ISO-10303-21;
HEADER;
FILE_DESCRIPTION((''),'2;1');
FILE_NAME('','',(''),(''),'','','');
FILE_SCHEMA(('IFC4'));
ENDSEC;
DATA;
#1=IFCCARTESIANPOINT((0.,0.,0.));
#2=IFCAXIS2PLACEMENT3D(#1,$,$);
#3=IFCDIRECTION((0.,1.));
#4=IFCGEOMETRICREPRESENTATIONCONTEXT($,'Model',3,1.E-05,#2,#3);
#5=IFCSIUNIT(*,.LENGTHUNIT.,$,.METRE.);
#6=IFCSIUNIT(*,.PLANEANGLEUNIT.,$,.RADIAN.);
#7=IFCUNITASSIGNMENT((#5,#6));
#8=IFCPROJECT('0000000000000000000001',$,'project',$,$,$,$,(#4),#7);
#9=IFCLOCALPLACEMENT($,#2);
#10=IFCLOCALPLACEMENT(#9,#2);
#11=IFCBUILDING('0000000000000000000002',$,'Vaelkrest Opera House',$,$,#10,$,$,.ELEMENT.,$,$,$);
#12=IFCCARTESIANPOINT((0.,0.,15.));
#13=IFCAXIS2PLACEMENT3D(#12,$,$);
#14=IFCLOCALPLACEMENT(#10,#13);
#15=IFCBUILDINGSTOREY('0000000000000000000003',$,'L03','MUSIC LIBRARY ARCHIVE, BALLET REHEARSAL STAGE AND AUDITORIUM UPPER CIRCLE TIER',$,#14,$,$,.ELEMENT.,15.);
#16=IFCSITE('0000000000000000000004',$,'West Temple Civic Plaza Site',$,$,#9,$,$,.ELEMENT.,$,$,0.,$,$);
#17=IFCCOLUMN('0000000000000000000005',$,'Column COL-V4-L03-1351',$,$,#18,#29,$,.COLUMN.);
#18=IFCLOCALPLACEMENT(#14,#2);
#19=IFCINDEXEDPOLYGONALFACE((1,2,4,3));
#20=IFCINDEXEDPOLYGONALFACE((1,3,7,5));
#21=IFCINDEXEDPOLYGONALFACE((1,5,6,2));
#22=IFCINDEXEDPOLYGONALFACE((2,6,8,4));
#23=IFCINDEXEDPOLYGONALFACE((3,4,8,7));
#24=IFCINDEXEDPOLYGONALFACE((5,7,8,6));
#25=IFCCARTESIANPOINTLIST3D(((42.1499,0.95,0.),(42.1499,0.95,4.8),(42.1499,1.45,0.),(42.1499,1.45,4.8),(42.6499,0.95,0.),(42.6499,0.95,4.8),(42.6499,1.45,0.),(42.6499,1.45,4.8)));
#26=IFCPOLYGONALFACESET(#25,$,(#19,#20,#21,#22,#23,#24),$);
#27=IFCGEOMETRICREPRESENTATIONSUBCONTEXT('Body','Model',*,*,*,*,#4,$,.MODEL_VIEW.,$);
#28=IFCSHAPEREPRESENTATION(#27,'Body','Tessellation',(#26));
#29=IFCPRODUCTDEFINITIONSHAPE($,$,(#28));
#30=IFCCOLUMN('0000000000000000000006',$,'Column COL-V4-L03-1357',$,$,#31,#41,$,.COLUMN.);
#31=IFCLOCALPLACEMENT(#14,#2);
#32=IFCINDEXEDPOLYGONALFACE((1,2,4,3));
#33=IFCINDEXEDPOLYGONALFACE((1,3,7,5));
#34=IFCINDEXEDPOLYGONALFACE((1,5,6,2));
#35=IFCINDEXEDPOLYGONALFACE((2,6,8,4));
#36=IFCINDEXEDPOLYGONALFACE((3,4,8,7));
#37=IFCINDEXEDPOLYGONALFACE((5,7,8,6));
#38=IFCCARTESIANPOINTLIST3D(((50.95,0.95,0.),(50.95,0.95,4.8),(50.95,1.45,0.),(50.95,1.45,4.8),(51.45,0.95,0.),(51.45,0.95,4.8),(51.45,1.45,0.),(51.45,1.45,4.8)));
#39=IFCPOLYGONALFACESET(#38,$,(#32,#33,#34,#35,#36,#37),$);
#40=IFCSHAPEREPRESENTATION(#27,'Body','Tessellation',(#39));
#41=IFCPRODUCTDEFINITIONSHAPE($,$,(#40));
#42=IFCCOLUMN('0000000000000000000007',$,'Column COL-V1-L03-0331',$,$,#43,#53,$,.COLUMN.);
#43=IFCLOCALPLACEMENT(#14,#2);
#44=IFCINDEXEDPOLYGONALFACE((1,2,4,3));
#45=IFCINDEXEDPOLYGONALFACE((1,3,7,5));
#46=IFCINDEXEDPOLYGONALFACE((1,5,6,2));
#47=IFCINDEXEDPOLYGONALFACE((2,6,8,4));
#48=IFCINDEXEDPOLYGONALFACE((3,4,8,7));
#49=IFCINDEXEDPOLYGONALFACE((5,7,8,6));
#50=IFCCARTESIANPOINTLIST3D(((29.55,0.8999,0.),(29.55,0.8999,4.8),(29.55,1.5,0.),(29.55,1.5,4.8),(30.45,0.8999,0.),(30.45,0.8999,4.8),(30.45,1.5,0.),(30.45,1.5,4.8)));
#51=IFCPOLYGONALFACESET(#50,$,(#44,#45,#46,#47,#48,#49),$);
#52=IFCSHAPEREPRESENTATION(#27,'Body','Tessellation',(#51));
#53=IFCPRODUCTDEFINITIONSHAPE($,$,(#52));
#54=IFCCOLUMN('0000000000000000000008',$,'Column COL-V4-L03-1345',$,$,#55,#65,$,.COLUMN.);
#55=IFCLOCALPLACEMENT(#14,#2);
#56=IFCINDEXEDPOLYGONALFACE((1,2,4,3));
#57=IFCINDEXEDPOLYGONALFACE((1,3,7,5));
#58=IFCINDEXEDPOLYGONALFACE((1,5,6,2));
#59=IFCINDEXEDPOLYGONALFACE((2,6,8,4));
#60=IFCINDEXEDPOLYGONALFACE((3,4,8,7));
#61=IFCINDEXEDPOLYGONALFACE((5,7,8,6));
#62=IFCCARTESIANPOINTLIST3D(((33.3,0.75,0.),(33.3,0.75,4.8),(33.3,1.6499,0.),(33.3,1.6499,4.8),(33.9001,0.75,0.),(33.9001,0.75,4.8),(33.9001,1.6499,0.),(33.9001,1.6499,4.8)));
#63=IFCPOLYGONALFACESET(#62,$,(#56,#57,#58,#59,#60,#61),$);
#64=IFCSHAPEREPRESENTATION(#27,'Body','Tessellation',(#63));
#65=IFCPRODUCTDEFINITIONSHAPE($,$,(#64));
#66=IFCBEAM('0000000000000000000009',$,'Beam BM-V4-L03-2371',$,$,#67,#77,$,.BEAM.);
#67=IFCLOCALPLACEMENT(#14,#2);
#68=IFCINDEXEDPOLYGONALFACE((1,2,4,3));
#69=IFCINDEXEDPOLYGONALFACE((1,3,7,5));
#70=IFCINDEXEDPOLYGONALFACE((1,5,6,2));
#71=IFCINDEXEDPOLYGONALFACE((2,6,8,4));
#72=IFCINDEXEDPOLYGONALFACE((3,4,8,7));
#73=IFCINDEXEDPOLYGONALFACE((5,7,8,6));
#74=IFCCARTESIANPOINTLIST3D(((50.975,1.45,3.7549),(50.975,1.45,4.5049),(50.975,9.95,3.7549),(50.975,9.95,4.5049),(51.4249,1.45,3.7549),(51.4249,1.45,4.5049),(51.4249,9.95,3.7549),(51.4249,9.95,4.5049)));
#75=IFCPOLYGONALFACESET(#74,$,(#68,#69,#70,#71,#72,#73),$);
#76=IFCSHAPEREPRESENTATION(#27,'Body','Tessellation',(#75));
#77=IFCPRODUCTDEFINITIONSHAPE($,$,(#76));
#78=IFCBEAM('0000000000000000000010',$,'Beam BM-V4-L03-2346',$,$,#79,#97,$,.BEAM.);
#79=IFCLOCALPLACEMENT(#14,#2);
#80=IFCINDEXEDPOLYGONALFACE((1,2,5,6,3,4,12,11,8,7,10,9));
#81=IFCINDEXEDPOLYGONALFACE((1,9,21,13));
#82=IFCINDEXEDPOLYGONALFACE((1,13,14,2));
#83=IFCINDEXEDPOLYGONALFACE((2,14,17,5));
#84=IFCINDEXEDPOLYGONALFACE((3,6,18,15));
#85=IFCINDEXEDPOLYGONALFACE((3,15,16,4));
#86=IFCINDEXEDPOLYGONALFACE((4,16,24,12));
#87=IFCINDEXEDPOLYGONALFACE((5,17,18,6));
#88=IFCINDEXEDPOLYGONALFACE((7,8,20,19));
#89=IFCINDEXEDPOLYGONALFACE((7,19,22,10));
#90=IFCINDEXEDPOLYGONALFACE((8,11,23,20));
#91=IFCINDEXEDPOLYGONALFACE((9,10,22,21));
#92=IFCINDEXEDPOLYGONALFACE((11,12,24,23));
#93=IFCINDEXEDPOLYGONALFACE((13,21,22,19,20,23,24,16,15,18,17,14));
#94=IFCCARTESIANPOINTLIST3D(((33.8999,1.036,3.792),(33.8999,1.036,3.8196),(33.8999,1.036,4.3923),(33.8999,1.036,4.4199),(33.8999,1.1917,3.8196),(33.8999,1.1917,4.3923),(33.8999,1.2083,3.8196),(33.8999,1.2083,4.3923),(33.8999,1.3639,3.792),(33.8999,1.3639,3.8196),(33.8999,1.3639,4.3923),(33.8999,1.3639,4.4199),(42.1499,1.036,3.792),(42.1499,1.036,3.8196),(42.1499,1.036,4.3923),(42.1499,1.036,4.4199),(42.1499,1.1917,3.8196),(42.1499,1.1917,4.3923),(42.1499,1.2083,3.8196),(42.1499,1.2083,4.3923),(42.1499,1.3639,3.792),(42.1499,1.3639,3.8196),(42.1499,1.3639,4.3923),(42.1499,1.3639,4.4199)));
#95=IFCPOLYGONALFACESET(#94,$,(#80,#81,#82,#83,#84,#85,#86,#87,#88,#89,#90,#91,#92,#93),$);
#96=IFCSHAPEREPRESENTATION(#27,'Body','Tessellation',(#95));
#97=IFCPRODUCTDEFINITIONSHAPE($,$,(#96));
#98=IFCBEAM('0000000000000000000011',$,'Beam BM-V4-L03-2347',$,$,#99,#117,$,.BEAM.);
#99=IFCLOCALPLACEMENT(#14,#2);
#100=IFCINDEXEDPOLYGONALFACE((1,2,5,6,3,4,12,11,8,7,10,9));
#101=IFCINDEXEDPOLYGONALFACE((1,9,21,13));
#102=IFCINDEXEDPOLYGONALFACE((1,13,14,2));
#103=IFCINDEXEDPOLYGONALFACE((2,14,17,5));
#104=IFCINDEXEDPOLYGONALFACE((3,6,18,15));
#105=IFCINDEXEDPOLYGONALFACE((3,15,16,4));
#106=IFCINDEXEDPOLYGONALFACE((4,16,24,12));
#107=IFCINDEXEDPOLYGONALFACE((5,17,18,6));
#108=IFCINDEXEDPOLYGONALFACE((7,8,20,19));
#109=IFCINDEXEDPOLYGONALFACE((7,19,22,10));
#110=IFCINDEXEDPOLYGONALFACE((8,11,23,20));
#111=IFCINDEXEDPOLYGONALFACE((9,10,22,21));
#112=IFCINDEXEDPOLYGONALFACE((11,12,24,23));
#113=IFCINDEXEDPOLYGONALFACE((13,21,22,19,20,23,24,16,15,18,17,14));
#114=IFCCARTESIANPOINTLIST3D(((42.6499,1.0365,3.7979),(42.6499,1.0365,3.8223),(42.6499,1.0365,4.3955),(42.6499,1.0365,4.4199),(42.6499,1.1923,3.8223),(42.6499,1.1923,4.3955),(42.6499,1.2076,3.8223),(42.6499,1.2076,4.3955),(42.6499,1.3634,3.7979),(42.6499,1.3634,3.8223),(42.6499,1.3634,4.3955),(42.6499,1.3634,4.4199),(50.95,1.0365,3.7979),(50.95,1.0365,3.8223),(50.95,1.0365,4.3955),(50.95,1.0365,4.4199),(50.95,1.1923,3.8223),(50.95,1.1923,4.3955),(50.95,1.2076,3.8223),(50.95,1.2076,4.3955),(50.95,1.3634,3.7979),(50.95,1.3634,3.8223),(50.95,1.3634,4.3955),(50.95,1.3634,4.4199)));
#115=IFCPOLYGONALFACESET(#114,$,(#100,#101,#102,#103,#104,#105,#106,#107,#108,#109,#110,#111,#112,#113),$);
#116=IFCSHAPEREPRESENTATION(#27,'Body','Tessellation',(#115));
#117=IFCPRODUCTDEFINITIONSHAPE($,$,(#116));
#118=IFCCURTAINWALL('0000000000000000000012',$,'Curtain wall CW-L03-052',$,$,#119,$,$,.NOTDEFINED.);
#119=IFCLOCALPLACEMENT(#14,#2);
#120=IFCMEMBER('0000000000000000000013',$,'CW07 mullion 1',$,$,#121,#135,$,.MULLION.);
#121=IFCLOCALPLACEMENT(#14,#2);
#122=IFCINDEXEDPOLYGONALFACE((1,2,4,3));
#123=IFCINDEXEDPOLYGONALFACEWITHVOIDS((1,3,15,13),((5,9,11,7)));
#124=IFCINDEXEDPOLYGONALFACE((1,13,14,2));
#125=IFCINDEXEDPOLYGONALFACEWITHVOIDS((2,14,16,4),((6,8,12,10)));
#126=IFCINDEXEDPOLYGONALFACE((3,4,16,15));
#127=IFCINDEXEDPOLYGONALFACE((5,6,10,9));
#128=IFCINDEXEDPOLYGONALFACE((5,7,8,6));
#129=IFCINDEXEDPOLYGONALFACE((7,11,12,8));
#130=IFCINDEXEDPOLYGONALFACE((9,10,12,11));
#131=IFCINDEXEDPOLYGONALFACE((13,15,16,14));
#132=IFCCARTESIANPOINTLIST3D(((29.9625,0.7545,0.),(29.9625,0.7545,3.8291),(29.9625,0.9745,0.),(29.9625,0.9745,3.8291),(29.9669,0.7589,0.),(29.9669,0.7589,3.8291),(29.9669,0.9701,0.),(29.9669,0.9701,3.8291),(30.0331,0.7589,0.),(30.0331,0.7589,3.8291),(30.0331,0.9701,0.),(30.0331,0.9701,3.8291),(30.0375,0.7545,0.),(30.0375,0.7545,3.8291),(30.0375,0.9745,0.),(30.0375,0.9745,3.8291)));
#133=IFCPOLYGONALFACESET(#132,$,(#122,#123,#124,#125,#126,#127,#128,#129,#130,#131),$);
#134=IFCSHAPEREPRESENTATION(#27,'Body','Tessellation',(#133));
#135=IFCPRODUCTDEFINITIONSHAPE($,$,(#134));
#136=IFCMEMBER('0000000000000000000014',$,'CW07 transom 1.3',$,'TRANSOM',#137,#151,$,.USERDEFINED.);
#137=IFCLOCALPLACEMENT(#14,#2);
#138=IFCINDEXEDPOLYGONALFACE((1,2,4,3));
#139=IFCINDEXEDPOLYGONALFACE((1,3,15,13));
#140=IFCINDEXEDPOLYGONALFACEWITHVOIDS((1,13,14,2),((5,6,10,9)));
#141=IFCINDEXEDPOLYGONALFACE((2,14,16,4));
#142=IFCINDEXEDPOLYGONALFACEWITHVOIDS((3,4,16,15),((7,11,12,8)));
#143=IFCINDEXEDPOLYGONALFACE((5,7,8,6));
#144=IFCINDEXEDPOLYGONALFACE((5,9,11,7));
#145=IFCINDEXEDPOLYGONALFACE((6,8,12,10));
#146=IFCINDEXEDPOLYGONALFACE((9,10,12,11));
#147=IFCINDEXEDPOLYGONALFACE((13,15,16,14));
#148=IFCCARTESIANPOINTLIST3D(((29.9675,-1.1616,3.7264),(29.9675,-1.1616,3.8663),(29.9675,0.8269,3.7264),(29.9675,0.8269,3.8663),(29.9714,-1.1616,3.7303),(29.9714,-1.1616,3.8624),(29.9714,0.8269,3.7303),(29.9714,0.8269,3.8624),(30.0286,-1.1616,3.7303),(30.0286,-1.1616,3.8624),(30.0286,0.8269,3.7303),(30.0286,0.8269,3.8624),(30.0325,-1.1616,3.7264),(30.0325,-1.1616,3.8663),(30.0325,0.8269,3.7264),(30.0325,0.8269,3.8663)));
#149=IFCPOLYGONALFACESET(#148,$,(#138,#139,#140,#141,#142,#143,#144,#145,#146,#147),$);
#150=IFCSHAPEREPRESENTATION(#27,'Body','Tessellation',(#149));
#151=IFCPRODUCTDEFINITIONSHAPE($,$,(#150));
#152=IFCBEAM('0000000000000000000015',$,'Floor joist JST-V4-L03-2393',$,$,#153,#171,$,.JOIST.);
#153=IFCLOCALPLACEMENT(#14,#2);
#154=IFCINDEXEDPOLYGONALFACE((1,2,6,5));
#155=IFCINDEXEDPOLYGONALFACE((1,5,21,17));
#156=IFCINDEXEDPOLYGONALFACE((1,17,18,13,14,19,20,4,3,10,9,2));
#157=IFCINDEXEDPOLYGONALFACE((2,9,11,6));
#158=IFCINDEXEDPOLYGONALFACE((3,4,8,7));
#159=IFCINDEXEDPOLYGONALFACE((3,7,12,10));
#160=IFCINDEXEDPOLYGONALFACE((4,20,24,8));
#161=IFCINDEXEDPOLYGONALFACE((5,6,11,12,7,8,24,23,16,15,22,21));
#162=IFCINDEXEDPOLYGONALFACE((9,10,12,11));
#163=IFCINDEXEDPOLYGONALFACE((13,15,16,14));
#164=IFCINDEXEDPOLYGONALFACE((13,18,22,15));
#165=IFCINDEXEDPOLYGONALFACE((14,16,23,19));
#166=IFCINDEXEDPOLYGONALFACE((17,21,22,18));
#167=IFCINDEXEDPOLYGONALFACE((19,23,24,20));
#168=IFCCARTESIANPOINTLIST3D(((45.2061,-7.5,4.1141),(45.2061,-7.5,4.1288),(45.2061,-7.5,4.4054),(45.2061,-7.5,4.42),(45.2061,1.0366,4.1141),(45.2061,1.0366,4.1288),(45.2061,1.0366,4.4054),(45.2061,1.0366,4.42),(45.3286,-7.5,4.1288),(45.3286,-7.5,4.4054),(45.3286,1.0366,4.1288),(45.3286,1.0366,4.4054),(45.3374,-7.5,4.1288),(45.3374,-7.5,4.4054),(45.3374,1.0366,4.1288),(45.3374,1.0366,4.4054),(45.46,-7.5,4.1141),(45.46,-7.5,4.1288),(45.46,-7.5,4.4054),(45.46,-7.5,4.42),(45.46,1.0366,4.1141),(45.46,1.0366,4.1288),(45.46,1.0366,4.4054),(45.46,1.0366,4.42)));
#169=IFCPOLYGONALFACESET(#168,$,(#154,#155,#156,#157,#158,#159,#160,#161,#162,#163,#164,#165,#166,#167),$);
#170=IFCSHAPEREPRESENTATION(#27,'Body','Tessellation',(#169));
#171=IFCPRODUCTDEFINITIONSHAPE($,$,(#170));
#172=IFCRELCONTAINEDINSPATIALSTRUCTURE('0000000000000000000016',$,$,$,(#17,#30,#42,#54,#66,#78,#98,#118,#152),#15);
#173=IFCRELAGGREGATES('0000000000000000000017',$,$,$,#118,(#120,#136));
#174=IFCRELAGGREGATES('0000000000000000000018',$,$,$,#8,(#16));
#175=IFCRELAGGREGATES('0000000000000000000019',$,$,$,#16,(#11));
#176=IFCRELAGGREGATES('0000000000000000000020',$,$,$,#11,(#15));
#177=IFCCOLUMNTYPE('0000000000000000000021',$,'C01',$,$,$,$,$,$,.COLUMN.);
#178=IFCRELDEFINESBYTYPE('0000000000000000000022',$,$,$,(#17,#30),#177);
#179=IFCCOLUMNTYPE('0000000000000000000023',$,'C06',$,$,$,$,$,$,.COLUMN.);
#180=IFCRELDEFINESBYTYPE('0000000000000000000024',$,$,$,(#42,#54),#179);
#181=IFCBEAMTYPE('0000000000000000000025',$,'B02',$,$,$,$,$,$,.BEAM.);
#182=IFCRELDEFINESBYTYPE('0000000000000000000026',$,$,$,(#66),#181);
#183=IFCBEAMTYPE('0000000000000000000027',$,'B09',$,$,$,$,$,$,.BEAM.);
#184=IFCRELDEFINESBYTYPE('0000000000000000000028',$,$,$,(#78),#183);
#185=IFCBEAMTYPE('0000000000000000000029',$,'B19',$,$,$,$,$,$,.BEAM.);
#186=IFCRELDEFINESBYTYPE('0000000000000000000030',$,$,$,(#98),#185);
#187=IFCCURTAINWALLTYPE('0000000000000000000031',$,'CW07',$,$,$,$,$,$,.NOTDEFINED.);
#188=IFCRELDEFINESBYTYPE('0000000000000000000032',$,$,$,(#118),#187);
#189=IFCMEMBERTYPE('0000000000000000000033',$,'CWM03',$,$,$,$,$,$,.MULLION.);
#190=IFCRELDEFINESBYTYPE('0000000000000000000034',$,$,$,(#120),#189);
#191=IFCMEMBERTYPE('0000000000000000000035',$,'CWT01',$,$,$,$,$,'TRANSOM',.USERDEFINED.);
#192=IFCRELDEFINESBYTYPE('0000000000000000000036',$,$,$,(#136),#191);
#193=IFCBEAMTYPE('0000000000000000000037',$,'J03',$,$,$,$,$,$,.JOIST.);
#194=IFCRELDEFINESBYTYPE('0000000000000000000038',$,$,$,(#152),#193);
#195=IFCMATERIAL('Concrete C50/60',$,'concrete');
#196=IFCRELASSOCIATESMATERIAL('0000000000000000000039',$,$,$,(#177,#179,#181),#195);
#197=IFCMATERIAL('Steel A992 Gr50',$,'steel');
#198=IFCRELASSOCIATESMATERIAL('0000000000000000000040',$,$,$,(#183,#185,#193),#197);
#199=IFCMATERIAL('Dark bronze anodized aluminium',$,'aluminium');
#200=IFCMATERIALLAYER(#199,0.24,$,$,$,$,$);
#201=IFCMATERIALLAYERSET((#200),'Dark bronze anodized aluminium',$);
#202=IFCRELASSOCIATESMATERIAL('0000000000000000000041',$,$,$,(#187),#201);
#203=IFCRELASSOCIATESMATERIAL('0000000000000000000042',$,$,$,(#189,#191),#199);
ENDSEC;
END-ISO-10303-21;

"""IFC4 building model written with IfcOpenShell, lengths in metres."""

from ifc_helpers import new_model, si_unit, direction, frame, origin, origin_2d, place, context, subcontext, project, spatial, rectangle, hollow_rectangle, i_section, extrude, material, layer, layer_set, material_profile, profile_set, type_object, element, aggregate, save


model = new_model("IFC4")

# Units and contexts
model_context = context("Model", 3, precision=1e-05, world=origin(), true_north=direction((0.0, 1.0)))
body_context = subcontext(model_context, "Body", "Model", "MODEL_VIEW")
ifc_project = project(units=[si_unit("LENGTHUNIT", "METRE"), si_unit("PLANEANGLEUNIT", "RADIAN")], contexts=[model_context])

# Site, building, storey
site_placement = place(None, origin())
site = spatial("IfcSite", under=ifc_project, at=site_placement, Name="West Temple Civic Plaza Site", CompositionType="ELEMENT", RefElevation=0.0)
building_placement = place(site_placement, origin())
building = spatial("IfcBuilding", under=site, at=building_placement, Name="Vaelkrest Opera House", CompositionType="ELEMENT")
storey_placement = place(building_placement, frame((0.0, 0.0, 15.0)))
storey = spatial("IfcBuildingStorey", under=building, at=storey_placement, Name="L03", Description="MUSIC LIBRARY ARCHIVE, BALLET REHEARSAL STAGE AND AUDITORIUM UPPER CIRCLE TIER", CompositionType="ELEMENT", Elevation=15.0)

# Columns
ifc_material_1 = material(Name="Concrete C50/60", Category="concrete")
ifc_material_profile_1 = material_profile(ifc_material_1, rectangle(XDim=0.5, YDim=0.5, at=origin_2d()), Name="RC500X500")
ifc_profile_set_1 = profile_set([ifc_material_profile_1], Name="Concrete C50/60")
column_type_1 = type_object("IfcColumnType", Name="C01", PredefinedType="COLUMN", material=ifc_profile_set_1)
for number, where, z_axis, x_axis, name in (
    (1, (42.3999, 1.2, 0.0), (0.0, 0.0, 1.0), (1.0, 0.0, 0.0), "Column COL-V4-L03-1351"),
    (2, (51.2, 1.2, 0.0), (0.0, 0.0, 1.0), (1.0, 0.0, 0.0), "Column COL-V4-L03-1357"),
):
    element("IfcColumn", number, at=place(storey_placement, frame(where, z_axis=z_axis, x_axis=x_axis)), inside=storey, type_object=column_type_1, Name=name, PredefinedType="COLUMN", context=body_context, shape_type="SweptSolid", body=[
        extrude(rectangle(XDim=0.5, YDim=0.5, at=origin_2d()), origin(), (0.0, 0.0, 1.0), 4.8),
    ])
ifc_material_profile_2 = material_profile(ifc_material_1, rectangle(XDim=0.6001, YDim=0.8999, at=origin_2d()), Name="RC600X900")
ifc_profile_set_2 = profile_set([ifc_material_profile_2], Name="Concrete C50/60")
column_type_2 = type_object("IfcColumnType", Name="C06", PredefinedType="COLUMN", material=ifc_profile_set_2)
for number, where, z_axis, x_axis, name in (
    (3, (30.0, 1.2, 0.0), (0.0, 0.0, 1.0), (0.0, 1.0, 0.0), "Column COL-V1-L03-0331"),
    (4, (33.6001, 1.2, 0.0), (0.0, 0.0, 1.0), (1.0, 0.0, 0.0), "Column COL-V4-L03-1345"),
):
    element("IfcColumn", number, at=place(storey_placement, frame(where, z_axis=z_axis, x_axis=x_axis)), inside=storey, type_object=column_type_2, Name=name, PredefinedType="COLUMN", context=body_context, shape_type="SweptSolid", body=[
        extrude(rectangle(XDim=0.6001, YDim=0.8999, at=origin_2d()), origin(), (0.0, 0.0, 1.0), 4.8),
    ])

# Beams
ifc_material_profile_3 = material_profile(ifc_material_1, rectangle(XDim=0.45, YDim=0.75, at=origin_2d()), Name="RCB450X750")
ifc_profile_set_3 = profile_set([ifc_material_profile_3], Name="Concrete C50/60")
beam_type_1 = type_object("IfcBeamType", Name="B02", PredefinedType="BEAM", material=ifc_profile_set_3)
beam_1_placement = place(storey_placement, frame((51.2, 1.45, 4.1299), z_axis=(0.0, 1.0, 0.0), x_axis=(-1.0, 0.0, 0.0)))
element("IfcBeam", 5, at=beam_1_placement, inside=storey, type_object=beam_type_1, Name="Beam BM-V4-L03-2371", PredefinedType="BEAM", context=body_context, shape_type="SweptSolid", body=[
    extrude(rectangle(XDim=0.45, YDim=0.75, at=origin_2d()), origin(), (0.0, 0.0, 1.0), 8.5),
])
ifc_material_2 = material(Name="Steel A992 Gr50", Category="steel")
ifc_material_profile_4 = material_profile(ifc_material_2, i_section(OverallWidth=0.3279, OverallDepth=0.6279, WebThickness=0.0166, FlangeThickness=0.0276, at=origin_2d()), Name="W24X146")
ifc_profile_set_4 = profile_set([ifc_material_profile_4], Name="Steel A992 Gr50")
beam_type_2 = type_object("IfcBeamType", Name="B09", PredefinedType="BEAM", material=ifc_profile_set_4)
beam_2_placement = place(storey_placement, frame((33.8999, 1.2, 4.106), z_axis=(1.0, 0.0, 0.0), x_axis=(0.0, 1.0, 0.0)))
element("IfcBeam", 6, at=beam_2_placement, inside=storey, type_object=beam_type_2, Name="Beam BM-V4-L03-2346", PredefinedType="BEAM", context=body_context, shape_type="SweptSolid", body=[
    extrude(i_section(OverallWidth=0.3279, OverallDepth=0.6279, WebThickness=0.0166, FlangeThickness=0.0276, at=origin_2d()), origin(), (0.0, 0.0, 1.0), 8.25),
])
ifc_material_profile_5 = material_profile(ifc_material_2, i_section(OverallWidth=0.3269, OverallDepth=0.6221, WebThickness=0.0154, FlangeThickness=0.0244, at=origin_2d()), Name="W24X131")
ifc_profile_set_5 = profile_set([ifc_material_profile_5], Name="Steel A992 Gr50")
beam_type_3 = type_object("IfcBeamType", Name="B19", PredefinedType="BEAM", material=ifc_profile_set_5)
beam_3_placement = place(storey_placement, frame((42.6499, 1.2, 4.1089), z_axis=(1.0, 0.0, 0.0), x_axis=(0.0, 1.0, 0.0)))
element("IfcBeam", 7, at=beam_3_placement, inside=storey, type_object=beam_type_3, Name="Beam BM-V4-L03-2347", PredefinedType="BEAM", context=body_context, shape_type="SweptSolid", body=[
    extrude(i_section(OverallWidth=0.3269, OverallDepth=0.6221, WebThickness=0.0154, FlangeThickness=0.0244, at=origin_2d()), origin(), (0.0, 0.0, 1.0), 8.3),
])

# Curtain wall, members
ifc_material_3 = material(Name="Dark bronze anodized aluminium", Category="aluminium")
ifc_layer_1 = layer(ifc_material_3, 0.24)
ifc_layer_set_1 = layer_set([ifc_layer_1], Name="Dark bronze anodized aluminium")
curtain_wall_type = type_object("IfcCurtainWallType", Name="CW07", PredefinedType="NOTDEFINED", material=ifc_layer_set_1)
curtain_wall_placement = place(storey_placement, origin())
curtain_wall = element("IfcCurtainWall", 8, at=curtain_wall_placement, inside=storey, type_object=curtain_wall_type, Name="Curtain wall CW-L03-052", PredefinedType="NOTDEFINED")
ifc_material_profile_6 = material_profile(ifc_material_3, hollow_rectangle(XDim=0.075, YDim=0.22, WallThickness=0.0044, at=origin_2d()), Name="CWM75X220")
ifc_profile_set_6 = profile_set([ifc_material_profile_6], Name="Dark bronze anodized aluminium")
member_type_1 = type_object("IfcMemberType", Name="CWM03", PredefinedType="MULLION", material=ifc_profile_set_6)
member_1_placement = place(storey_placement, frame((30.0, 0.8645, 0.0), z_axis=(0.0, 0.0, 1.0), x_axis=(1.0, 0.0, 0.0)))
member_1 = element("IfcMember", 9, at=member_1_placement, type_object=member_type_1, Name="CW07 mullion 1", PredefinedType="MULLION", context=body_context, shape_type="SweptSolid", body=[
    extrude(hollow_rectangle(XDim=0.075, YDim=0.22, WallThickness=0.0044, at=origin_2d()), origin(), (0.0, 0.0, 1.0), 3.8291),
])
ifc_material_profile_7 = material_profile(ifc_material_3, hollow_rectangle(XDim=0.0649, YDim=0.1399, WallThickness=0.0039, at=origin_2d()), Name="CWT65X140")
ifc_profile_set_7 = profile_set([ifc_material_profile_7], Name="Dark bronze anodized aluminium")
member_type_2 = type_object("IfcMemberType", Name="CWT01", ElementType="TRANSOM", PredefinedType="USERDEFINED", material=ifc_profile_set_7)
member_2_placement = place(storey_placement, frame((30.0, 0.8269, 3.7964), z_axis=(0.0, -1.0, 0.0), x_axis=(1.0, 0.0, 0.0)))
member_2 = element("IfcMember", 10, at=member_2_placement, type_object=member_type_2, Name="CW07 transom 1.3", ObjectType="TRANSOM", PredefinedType="USERDEFINED", context=body_context, shape_type="SweptSolid", body=[
    extrude(hollow_rectangle(XDim=0.0649, YDim=0.1399, WallThickness=0.0039, at=origin_2d()), origin(), (0.0, 0.0, 1.0), 1.9885),
])
aggregate(curtain_wall, [member_1, member_2])

# Beam
ifc_material_profile_8 = material_profile(ifc_material_2, i_section(OverallWidth=0.2539, OverallDepth=0.3059, WebThickness=0.0088, FlangeThickness=0.0146, at=origin_2d()), Name="W12X53")
ifc_profile_set_8 = profile_set([ifc_material_profile_8], Name="Steel A992 Gr50")
beam_type_4 = type_object("IfcBeamType", Name="J03", PredefinedType="JOIST", material=ifc_profile_set_8)
beam_4_placement = place(storey_placement, frame((45.333, -7.5, 4.2671), z_axis=(0.0, 1.0, 0.0), x_axis=(-1.0, 0.0, 0.0)))
element("IfcBeam", 11, at=beam_4_placement, inside=storey, type_object=beam_type_4, Name="Floor joist JST-V4-L03-2393", PredefinedType="JOIST", context=body_context, shape_type="SweptSolid", body=[
    extrude(i_section(OverallWidth=0.2539, OverallDepth=0.3059, WebThickness=0.0088, FlangeThickness=0.0146, at=origin_2d()), origin(), (0.0, 0.0, 1.0), 8.5366),
])

save(model, "model.ifc")
